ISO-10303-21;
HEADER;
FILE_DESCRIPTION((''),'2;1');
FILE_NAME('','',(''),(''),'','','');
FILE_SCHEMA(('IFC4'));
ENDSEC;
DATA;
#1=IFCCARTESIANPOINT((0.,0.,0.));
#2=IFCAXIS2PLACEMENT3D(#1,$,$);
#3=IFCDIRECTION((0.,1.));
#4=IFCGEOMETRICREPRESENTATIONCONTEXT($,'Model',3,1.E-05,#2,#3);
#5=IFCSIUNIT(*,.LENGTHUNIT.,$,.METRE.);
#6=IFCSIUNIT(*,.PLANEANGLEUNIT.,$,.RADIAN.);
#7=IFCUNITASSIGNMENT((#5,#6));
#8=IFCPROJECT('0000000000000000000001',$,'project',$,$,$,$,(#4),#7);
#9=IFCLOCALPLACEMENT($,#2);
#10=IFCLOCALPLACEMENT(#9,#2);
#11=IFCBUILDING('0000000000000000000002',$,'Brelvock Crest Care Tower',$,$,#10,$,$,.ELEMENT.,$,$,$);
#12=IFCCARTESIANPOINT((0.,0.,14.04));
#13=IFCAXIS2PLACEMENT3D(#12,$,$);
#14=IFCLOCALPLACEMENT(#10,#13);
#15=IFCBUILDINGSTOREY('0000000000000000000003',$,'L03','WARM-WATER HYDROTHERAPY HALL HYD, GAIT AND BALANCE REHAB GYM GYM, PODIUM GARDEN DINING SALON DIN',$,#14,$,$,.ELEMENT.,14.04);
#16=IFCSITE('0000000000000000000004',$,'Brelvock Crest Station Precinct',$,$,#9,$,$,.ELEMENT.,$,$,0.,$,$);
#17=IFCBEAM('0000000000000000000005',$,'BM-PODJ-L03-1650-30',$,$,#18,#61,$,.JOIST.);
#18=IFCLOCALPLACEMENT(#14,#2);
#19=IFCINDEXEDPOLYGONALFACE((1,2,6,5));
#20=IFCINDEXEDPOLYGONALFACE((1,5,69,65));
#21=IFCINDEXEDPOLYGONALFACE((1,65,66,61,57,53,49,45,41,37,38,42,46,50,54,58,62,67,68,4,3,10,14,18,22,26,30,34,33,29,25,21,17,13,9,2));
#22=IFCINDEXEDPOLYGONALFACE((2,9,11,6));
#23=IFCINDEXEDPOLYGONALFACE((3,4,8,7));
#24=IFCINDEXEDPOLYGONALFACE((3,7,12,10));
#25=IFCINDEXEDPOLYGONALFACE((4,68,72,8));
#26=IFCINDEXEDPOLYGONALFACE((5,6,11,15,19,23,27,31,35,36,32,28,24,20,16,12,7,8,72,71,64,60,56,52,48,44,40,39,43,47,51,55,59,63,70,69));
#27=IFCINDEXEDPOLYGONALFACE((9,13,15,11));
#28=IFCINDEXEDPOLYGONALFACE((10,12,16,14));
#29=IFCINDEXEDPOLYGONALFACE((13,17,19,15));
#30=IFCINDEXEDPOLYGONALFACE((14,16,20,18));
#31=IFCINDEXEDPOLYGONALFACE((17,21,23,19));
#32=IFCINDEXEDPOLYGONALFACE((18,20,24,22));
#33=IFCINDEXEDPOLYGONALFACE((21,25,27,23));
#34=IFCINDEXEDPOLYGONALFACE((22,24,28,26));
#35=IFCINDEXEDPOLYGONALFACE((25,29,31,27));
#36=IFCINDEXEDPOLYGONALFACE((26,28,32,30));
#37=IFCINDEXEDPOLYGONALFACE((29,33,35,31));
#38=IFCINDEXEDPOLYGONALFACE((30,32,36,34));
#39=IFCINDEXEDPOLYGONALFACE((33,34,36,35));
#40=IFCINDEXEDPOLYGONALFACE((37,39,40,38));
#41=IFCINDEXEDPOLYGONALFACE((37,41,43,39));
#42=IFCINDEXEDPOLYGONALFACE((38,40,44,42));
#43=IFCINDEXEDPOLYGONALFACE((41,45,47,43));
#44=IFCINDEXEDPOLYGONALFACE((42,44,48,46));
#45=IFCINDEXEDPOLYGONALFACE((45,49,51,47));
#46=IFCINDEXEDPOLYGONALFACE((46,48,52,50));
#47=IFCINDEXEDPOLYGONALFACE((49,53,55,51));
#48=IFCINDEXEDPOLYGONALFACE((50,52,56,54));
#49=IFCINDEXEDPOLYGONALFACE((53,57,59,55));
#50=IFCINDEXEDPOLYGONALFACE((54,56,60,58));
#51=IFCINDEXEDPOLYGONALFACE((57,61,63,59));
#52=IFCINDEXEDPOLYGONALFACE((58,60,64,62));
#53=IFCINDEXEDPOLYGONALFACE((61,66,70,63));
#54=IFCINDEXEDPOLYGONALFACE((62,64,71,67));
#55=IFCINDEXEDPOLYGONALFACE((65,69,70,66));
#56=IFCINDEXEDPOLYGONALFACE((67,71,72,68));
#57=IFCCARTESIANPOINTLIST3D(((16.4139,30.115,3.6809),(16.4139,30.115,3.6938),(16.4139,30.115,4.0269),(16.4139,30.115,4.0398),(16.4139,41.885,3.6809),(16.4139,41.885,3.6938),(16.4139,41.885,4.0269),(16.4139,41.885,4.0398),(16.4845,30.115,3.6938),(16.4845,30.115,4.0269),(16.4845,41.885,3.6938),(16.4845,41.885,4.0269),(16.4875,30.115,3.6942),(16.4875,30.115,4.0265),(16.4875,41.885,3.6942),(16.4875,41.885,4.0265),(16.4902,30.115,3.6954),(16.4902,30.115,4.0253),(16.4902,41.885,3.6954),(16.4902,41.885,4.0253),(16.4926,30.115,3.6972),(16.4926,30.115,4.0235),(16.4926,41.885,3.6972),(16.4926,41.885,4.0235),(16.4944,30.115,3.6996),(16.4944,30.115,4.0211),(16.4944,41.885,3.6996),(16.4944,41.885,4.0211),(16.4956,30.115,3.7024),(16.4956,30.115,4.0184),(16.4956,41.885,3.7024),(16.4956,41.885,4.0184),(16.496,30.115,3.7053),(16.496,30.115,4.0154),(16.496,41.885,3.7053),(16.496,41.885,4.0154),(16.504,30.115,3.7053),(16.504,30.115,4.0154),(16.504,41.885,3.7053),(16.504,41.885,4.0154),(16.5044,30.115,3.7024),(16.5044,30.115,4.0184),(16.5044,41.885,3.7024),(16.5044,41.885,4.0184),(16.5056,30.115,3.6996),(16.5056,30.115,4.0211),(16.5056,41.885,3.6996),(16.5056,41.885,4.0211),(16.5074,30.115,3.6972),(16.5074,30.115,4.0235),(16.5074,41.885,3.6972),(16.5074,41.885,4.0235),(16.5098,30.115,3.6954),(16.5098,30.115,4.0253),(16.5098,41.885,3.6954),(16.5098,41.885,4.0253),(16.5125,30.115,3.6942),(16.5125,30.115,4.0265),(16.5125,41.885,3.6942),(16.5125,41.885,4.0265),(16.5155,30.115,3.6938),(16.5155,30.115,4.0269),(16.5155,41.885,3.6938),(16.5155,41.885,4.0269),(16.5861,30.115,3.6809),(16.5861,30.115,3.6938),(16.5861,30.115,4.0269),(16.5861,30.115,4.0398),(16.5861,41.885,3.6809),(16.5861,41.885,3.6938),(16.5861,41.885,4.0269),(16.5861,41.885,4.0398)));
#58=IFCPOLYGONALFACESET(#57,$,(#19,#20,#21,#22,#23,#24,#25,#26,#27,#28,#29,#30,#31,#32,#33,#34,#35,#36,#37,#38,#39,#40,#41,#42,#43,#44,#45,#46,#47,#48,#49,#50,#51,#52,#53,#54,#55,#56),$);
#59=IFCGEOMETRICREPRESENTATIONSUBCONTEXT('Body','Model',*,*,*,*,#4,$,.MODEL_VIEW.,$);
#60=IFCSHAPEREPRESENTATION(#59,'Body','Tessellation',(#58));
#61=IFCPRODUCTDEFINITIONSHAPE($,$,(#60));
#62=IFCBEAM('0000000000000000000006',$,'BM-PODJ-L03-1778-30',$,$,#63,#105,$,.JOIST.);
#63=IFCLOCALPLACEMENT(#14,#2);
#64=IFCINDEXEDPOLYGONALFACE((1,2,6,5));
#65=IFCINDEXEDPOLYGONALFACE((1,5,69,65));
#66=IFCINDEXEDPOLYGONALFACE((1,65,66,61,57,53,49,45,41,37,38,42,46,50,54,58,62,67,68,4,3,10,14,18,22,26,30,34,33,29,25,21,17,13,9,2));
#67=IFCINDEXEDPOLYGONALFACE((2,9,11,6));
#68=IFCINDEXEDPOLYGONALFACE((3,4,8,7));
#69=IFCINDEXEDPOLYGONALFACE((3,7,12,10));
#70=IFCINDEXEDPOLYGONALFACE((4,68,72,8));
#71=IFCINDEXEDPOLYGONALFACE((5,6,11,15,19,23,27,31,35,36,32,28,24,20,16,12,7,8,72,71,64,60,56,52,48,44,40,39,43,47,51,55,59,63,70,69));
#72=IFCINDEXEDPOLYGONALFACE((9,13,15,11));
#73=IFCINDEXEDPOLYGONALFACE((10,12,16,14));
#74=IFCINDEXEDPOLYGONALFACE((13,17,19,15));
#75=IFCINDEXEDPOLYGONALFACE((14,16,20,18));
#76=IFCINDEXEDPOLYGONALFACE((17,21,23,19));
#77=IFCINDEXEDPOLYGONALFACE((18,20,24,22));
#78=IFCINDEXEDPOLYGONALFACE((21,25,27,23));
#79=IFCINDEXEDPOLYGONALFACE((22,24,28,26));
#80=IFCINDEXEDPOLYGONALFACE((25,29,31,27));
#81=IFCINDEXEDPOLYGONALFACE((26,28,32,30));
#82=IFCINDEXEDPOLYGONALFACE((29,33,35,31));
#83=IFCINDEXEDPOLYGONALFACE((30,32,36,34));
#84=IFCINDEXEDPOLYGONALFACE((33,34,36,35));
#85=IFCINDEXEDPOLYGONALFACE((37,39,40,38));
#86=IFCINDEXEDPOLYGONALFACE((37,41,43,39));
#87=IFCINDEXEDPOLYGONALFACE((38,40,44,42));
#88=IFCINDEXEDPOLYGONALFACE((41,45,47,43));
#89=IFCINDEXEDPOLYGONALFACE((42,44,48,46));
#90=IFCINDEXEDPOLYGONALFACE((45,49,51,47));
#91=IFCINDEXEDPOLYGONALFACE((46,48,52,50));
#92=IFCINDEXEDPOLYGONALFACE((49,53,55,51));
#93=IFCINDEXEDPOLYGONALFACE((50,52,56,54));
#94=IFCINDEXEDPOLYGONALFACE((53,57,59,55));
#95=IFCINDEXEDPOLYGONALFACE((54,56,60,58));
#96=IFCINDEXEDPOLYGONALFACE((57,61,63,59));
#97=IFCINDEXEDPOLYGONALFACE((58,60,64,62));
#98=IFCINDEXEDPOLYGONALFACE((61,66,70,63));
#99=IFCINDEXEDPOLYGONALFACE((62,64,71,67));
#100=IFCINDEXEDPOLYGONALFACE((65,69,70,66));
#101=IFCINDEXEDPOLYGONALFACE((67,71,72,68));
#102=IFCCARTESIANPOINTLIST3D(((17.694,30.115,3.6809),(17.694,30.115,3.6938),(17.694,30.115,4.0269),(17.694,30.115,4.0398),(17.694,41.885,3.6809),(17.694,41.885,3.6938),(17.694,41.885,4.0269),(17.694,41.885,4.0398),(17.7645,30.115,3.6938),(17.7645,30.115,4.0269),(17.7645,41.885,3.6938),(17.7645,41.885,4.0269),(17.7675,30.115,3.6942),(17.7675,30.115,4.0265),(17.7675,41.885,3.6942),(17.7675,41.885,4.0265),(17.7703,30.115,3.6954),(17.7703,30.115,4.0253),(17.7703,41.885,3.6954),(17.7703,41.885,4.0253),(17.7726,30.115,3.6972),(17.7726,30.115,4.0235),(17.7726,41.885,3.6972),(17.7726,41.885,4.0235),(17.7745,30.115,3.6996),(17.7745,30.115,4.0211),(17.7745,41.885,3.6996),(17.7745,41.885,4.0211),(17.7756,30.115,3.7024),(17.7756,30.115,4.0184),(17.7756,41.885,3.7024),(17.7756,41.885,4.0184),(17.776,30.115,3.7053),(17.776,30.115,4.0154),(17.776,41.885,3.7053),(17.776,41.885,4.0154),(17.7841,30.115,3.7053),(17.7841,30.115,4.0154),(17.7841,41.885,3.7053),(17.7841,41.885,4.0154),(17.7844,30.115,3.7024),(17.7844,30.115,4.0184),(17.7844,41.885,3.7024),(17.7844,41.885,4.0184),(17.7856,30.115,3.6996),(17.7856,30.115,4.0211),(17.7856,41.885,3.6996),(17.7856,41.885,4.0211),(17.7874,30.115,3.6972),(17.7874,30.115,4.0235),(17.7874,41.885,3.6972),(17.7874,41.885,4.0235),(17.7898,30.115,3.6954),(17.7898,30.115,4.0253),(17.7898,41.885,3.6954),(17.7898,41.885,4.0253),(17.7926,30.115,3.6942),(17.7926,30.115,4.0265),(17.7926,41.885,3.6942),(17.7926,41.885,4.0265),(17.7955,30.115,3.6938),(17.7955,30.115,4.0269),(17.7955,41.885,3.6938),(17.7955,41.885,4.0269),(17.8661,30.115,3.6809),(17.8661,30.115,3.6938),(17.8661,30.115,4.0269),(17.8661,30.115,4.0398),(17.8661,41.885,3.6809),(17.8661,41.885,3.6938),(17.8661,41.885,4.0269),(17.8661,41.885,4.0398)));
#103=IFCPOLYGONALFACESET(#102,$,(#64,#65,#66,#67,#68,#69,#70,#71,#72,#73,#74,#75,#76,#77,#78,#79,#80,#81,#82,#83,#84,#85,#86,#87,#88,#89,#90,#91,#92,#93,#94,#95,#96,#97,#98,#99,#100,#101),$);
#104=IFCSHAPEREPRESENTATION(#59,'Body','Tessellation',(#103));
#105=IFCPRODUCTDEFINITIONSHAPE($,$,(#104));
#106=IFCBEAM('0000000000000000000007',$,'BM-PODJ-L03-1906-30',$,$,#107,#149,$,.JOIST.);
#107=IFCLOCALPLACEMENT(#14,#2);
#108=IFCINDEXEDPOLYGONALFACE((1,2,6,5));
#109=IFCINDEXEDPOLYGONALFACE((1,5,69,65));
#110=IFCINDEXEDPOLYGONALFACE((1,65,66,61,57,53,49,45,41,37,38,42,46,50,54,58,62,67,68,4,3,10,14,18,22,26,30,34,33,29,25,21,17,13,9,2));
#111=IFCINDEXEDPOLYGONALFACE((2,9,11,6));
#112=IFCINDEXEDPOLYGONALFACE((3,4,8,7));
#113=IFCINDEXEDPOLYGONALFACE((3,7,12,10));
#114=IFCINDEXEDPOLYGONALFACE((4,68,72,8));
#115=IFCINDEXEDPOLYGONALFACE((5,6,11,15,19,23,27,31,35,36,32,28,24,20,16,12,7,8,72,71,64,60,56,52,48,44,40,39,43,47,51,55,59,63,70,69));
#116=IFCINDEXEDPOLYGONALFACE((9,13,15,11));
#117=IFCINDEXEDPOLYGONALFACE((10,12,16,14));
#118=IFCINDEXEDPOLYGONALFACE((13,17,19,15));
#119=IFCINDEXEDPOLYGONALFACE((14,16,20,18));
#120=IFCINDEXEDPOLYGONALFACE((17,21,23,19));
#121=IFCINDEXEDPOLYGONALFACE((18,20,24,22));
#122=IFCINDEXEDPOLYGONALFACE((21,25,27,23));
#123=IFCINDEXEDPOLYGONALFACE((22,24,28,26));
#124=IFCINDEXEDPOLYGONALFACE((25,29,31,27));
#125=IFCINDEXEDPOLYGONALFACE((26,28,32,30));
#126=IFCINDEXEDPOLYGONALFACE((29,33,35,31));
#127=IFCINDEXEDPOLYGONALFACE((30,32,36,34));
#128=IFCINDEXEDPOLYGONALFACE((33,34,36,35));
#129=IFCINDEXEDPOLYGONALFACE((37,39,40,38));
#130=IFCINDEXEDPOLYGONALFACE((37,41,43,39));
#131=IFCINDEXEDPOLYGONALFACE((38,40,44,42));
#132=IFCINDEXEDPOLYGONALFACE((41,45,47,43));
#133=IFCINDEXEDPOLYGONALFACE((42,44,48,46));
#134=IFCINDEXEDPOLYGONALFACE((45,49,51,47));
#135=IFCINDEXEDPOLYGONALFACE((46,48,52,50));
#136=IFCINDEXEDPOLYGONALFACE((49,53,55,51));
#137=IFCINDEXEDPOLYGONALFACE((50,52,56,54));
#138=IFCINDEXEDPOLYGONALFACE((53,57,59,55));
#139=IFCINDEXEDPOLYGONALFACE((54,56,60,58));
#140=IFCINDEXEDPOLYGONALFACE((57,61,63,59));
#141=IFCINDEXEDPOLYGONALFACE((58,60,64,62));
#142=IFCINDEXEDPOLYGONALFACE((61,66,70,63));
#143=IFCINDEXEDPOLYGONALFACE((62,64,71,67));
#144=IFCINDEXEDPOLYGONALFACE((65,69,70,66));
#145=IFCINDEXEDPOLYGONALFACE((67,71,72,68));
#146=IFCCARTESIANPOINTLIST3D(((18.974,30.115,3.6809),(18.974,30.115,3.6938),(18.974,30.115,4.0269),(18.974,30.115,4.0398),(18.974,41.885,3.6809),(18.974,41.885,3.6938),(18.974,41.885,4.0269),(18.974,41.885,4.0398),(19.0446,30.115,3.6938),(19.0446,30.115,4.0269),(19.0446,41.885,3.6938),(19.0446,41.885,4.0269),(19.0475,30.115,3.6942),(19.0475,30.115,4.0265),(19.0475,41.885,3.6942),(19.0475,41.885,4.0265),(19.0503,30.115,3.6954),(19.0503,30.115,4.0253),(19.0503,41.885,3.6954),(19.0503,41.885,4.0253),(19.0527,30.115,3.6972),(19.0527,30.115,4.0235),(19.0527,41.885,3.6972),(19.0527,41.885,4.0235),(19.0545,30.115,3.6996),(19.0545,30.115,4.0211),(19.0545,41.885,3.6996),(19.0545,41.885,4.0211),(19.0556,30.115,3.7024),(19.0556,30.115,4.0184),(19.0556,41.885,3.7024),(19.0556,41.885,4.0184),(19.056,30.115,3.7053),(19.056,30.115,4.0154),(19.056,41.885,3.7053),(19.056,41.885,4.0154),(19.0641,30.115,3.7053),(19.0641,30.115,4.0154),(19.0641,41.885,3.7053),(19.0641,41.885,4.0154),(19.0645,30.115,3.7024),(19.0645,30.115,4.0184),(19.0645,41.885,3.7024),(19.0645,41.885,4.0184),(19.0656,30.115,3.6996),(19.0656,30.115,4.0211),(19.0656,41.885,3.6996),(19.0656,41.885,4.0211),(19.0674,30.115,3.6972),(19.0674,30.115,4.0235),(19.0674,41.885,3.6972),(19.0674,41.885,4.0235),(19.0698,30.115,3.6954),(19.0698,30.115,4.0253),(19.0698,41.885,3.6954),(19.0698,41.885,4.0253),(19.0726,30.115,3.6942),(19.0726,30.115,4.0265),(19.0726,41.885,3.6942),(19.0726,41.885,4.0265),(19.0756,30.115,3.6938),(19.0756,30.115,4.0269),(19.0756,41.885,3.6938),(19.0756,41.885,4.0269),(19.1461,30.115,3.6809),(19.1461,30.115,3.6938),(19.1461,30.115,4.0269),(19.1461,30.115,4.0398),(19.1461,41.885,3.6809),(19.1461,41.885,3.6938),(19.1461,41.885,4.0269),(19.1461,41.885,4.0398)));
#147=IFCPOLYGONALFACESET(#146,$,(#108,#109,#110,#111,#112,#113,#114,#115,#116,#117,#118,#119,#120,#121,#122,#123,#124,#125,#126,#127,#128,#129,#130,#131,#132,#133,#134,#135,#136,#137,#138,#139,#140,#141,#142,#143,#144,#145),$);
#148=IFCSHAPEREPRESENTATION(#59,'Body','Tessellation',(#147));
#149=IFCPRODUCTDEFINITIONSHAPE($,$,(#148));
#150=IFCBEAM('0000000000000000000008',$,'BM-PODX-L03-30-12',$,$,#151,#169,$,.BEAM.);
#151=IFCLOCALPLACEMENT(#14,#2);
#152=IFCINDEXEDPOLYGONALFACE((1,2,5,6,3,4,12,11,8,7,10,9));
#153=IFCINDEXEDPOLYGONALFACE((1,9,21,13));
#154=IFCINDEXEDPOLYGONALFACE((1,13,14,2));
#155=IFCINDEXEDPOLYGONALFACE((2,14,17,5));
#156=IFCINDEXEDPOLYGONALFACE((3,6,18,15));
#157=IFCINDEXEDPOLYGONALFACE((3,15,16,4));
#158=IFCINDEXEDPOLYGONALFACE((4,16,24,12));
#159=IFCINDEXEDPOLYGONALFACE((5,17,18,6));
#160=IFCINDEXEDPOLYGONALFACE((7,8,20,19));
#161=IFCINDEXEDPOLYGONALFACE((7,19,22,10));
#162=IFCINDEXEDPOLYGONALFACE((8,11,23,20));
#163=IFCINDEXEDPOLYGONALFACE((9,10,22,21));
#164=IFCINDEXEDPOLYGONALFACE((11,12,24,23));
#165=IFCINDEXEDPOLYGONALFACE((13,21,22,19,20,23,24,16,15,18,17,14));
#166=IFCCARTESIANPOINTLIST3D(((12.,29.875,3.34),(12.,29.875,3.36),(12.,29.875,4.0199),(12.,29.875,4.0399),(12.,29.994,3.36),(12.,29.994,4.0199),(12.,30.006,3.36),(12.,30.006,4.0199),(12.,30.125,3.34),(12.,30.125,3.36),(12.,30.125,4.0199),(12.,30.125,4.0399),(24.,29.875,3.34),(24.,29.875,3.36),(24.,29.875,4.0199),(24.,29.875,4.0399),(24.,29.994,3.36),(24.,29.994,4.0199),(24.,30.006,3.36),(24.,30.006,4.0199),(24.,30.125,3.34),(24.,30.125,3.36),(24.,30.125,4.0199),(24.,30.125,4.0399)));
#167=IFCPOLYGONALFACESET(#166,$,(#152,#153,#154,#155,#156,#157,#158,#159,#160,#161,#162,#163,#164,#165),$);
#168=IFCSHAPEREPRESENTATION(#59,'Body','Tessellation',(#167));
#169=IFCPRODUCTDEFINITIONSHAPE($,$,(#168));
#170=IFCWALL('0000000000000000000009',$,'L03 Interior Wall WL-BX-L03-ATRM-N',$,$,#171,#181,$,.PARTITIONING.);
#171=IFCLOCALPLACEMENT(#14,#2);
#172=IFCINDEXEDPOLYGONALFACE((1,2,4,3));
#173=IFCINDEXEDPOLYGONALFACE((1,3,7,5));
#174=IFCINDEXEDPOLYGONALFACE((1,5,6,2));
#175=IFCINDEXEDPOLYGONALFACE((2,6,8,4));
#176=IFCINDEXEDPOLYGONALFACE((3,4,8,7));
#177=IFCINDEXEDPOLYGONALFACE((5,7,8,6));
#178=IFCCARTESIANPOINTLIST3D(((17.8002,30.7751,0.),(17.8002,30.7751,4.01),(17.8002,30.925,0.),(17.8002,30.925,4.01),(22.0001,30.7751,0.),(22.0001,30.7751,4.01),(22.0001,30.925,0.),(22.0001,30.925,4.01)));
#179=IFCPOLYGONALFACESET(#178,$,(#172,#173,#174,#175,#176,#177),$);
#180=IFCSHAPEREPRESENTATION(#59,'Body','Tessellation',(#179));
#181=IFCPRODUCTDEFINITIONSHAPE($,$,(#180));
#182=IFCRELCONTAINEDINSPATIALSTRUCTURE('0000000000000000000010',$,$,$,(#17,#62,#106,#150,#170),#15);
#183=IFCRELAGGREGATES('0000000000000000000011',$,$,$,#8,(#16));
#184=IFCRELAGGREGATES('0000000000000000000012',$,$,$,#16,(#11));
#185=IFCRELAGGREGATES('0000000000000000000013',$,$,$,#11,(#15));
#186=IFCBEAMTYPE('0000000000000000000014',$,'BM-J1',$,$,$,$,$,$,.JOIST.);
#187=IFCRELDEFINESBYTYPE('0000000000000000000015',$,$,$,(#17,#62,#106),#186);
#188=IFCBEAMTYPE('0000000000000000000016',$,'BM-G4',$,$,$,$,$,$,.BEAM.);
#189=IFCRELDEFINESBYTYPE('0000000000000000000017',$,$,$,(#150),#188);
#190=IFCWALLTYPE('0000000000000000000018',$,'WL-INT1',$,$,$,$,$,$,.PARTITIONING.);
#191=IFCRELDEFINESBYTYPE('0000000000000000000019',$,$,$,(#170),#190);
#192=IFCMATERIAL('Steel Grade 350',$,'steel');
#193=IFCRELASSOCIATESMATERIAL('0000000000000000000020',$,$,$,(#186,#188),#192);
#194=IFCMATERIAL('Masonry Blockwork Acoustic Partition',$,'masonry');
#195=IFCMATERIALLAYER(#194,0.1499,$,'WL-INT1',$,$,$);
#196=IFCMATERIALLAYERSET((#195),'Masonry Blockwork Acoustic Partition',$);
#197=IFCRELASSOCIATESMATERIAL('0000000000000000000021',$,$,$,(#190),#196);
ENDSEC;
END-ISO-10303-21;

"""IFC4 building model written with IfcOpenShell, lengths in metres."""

from ifc_helpers import new_model, si_unit, direction, frame, frame_2d, origin, origin_2d, place, context, subcontext, project, spatial, rectangle, i_section, extrude, source, transform, mapped, material, layer, layer_set, material_profile, profile_set, type_object, element, save


model = new_model("IFC4")

# Units and contexts
model_context = context("Model", 3, precision=1e-05, world=origin(), true_north=direction((0.0, 1.0)))
body_context = subcontext(model_context, "Body", "Model", "MODEL_VIEW")
ifc_project = project(units=[si_unit("LENGTHUNIT", "METRE"), si_unit("PLANEANGLEUNIT", "RADIAN")], contexts=[model_context])

# Site, building, storey
site_placement = place(None, origin())
site = spatial("IfcSite", under=ifc_project, at=site_placement, Name="Brelvock Crest Station Precinct", CompositionType="ELEMENT", RefElevation=0.0)
building_placement = place(site_placement, origin())
building = spatial("IfcBuilding", under=site, at=building_placement, Name="Brelvock Crest Care Tower", CompositionType="ELEMENT")
storey_placement = place(building_placement, frame((0.0, 0.0, 14.04)))
storey = spatial("IfcBuildingStorey", under=building, at=storey_placement, Name="L03", Description="WARM-WATER HYDROTHERAPY HALL HYD, GAIT AND BALANCE REHAB GYM GYM, PODIUM GARDEN DINING SALON DIN", CompositionType="ELEMENT", Elevation=14.04)

# Shared definitions
ifc_material_1 = material(Name="Steel Grade 350", Category="steel")

# Beams
ifc_material_profile_1 = material_profile(ifc_material_1, i_section(OverallWidth=0.1721, OverallDepth=0.3589, WebThickness=0.0081, FlangeThickness=0.0129, FilletRadius=0.0115, at=origin_2d()), Name="360UB56.7")
ifc_profile_set_1 = profile_set([ifc_material_profile_1], Name="Steel Grade 350")
beam_type_1 = type_object("IfcBeamType", Name="BM-J1", PredefinedType="JOIST", material=ifc_profile_set_1)
shared_shape_1 = source(origin(), body_context, "Body", "SweptSolid", [
    extrude(i_section(OverallWidth=0.1721, OverallDepth=0.3589, WebThickness=0.0081, FlangeThickness=0.0129, FilletRadius=0.0115, at=origin_2d()), origin(), (0.0, 0.0, 1.0), 11.77),
])
for number, where, z_axis, x_axis, name in (
    (1, (16.5, 30.115, 3.8604), (0.0, 1.0, 0.0), (-1.0, 0.0, 0.0), "BM-PODJ-L03-1650-30"),
    (2, (17.78, 30.115, 3.8604), (0.0, 1.0, 0.0), (-1.0, 0.0, 0.0), "BM-PODJ-L03-1778-30"),
    (3, (19.0601, 30.115, 3.8604), (0.0, 1.0, 0.0), (-1.0, 0.0, 0.0), "BM-PODJ-L03-1906-30"),
):
    element("IfcBeam", number, at=place(storey_placement, frame(where, z_axis=z_axis, x_axis=x_axis)), inside=storey, type_object=beam_type_1, Name=name, PredefinedType="JOIST", context=body_context, shape_type="MappedRepresentation", body=[
        mapped(shared_shape_1, transform((0.0, 0.0, 0.0), x_axis=(1.0, 0.0, 0.0), y_axis=(0.0, 1.0, 0.0), z_axis=(0.0, 0.0, 1.0), scale=1.0)),
    ])
ifc_material_profile_2 = material_profile(ifc_material_1, i_section(OverallWidth=0.25, OverallDepth=0.7, WebThickness=0.012, FlangeThickness=0.02, at=origin_2d()), Name="700WB150")
ifc_profile_set_2 = profile_set([ifc_material_profile_2], Name="Steel Grade 350")
beam_type_2 = type_object("IfcBeamType", Name="BM-G4", PredefinedType="BEAM", material=ifc_profile_set_2)
shared_shape_2 = source(origin(), body_context, "Body", "SweptSolid", [
    extrude(i_section(OverallWidth=0.25, OverallDepth=0.7, WebThickness=0.012, FlangeThickness=0.02, at=origin_2d()), origin(), (0.0, 0.0, 1.0), 12.0),
])
beam_1_placement = place(storey_placement, frame((12.0, 30.0, 3.6899), z_axis=(1.0, 0.0, 0.0), x_axis=(0.0, 1.0, 0.0)))
element("IfcBeam", 4, at=beam_1_placement, inside=storey, type_object=beam_type_2, Name="BM-PODX-L03-30-12", PredefinedType="BEAM", context=body_context, shape_type="MappedRepresentation", body=[
    mapped(shared_shape_2, transform((0.0, 0.0, 0.0), x_axis=(1.0, 0.0, 0.0), y_axis=(0.0, 1.0, 0.0), z_axis=(0.0, 0.0, 1.0), scale=1.0)),
])

# Wall
ifc_material_2 = material(Name="Masonry Blockwork Acoustic Partition", Category="masonry")
ifc_layer_1 = layer(ifc_material_2, 0.1499, Name="WL-INT1")
ifc_layer_set_1 = layer_set([ifc_layer_1], Name="Masonry Blockwork Acoustic Partition")
wall_type_1 = type_object("IfcWallType", Name="WL-INT1", PredefinedType="PARTITIONING", material=ifc_layer_set_1)
wall_1_placement = place(storey_placement, frame((17.8, 30.8501, 0.0), z_axis=(0.0, 0.0, 1.0), x_axis=(1.0, 0.0, 0.0)))
element("IfcWall", 5, at=wall_1_placement, inside=storey, type_object=wall_type_1, Name="L03 Interior Wall WL-BX-L03-ATRM-N", PredefinedType="PARTITIONING", context=body_context, shape_type="SweptSolid", body=[
    extrude(rectangle(XDim=4.2, YDim=0.1499, at=frame_2d((2.1001, 0.0))), origin(), (0.0, 0.0, 1.0), 4.01),
])

save(model, "model.ifc")
